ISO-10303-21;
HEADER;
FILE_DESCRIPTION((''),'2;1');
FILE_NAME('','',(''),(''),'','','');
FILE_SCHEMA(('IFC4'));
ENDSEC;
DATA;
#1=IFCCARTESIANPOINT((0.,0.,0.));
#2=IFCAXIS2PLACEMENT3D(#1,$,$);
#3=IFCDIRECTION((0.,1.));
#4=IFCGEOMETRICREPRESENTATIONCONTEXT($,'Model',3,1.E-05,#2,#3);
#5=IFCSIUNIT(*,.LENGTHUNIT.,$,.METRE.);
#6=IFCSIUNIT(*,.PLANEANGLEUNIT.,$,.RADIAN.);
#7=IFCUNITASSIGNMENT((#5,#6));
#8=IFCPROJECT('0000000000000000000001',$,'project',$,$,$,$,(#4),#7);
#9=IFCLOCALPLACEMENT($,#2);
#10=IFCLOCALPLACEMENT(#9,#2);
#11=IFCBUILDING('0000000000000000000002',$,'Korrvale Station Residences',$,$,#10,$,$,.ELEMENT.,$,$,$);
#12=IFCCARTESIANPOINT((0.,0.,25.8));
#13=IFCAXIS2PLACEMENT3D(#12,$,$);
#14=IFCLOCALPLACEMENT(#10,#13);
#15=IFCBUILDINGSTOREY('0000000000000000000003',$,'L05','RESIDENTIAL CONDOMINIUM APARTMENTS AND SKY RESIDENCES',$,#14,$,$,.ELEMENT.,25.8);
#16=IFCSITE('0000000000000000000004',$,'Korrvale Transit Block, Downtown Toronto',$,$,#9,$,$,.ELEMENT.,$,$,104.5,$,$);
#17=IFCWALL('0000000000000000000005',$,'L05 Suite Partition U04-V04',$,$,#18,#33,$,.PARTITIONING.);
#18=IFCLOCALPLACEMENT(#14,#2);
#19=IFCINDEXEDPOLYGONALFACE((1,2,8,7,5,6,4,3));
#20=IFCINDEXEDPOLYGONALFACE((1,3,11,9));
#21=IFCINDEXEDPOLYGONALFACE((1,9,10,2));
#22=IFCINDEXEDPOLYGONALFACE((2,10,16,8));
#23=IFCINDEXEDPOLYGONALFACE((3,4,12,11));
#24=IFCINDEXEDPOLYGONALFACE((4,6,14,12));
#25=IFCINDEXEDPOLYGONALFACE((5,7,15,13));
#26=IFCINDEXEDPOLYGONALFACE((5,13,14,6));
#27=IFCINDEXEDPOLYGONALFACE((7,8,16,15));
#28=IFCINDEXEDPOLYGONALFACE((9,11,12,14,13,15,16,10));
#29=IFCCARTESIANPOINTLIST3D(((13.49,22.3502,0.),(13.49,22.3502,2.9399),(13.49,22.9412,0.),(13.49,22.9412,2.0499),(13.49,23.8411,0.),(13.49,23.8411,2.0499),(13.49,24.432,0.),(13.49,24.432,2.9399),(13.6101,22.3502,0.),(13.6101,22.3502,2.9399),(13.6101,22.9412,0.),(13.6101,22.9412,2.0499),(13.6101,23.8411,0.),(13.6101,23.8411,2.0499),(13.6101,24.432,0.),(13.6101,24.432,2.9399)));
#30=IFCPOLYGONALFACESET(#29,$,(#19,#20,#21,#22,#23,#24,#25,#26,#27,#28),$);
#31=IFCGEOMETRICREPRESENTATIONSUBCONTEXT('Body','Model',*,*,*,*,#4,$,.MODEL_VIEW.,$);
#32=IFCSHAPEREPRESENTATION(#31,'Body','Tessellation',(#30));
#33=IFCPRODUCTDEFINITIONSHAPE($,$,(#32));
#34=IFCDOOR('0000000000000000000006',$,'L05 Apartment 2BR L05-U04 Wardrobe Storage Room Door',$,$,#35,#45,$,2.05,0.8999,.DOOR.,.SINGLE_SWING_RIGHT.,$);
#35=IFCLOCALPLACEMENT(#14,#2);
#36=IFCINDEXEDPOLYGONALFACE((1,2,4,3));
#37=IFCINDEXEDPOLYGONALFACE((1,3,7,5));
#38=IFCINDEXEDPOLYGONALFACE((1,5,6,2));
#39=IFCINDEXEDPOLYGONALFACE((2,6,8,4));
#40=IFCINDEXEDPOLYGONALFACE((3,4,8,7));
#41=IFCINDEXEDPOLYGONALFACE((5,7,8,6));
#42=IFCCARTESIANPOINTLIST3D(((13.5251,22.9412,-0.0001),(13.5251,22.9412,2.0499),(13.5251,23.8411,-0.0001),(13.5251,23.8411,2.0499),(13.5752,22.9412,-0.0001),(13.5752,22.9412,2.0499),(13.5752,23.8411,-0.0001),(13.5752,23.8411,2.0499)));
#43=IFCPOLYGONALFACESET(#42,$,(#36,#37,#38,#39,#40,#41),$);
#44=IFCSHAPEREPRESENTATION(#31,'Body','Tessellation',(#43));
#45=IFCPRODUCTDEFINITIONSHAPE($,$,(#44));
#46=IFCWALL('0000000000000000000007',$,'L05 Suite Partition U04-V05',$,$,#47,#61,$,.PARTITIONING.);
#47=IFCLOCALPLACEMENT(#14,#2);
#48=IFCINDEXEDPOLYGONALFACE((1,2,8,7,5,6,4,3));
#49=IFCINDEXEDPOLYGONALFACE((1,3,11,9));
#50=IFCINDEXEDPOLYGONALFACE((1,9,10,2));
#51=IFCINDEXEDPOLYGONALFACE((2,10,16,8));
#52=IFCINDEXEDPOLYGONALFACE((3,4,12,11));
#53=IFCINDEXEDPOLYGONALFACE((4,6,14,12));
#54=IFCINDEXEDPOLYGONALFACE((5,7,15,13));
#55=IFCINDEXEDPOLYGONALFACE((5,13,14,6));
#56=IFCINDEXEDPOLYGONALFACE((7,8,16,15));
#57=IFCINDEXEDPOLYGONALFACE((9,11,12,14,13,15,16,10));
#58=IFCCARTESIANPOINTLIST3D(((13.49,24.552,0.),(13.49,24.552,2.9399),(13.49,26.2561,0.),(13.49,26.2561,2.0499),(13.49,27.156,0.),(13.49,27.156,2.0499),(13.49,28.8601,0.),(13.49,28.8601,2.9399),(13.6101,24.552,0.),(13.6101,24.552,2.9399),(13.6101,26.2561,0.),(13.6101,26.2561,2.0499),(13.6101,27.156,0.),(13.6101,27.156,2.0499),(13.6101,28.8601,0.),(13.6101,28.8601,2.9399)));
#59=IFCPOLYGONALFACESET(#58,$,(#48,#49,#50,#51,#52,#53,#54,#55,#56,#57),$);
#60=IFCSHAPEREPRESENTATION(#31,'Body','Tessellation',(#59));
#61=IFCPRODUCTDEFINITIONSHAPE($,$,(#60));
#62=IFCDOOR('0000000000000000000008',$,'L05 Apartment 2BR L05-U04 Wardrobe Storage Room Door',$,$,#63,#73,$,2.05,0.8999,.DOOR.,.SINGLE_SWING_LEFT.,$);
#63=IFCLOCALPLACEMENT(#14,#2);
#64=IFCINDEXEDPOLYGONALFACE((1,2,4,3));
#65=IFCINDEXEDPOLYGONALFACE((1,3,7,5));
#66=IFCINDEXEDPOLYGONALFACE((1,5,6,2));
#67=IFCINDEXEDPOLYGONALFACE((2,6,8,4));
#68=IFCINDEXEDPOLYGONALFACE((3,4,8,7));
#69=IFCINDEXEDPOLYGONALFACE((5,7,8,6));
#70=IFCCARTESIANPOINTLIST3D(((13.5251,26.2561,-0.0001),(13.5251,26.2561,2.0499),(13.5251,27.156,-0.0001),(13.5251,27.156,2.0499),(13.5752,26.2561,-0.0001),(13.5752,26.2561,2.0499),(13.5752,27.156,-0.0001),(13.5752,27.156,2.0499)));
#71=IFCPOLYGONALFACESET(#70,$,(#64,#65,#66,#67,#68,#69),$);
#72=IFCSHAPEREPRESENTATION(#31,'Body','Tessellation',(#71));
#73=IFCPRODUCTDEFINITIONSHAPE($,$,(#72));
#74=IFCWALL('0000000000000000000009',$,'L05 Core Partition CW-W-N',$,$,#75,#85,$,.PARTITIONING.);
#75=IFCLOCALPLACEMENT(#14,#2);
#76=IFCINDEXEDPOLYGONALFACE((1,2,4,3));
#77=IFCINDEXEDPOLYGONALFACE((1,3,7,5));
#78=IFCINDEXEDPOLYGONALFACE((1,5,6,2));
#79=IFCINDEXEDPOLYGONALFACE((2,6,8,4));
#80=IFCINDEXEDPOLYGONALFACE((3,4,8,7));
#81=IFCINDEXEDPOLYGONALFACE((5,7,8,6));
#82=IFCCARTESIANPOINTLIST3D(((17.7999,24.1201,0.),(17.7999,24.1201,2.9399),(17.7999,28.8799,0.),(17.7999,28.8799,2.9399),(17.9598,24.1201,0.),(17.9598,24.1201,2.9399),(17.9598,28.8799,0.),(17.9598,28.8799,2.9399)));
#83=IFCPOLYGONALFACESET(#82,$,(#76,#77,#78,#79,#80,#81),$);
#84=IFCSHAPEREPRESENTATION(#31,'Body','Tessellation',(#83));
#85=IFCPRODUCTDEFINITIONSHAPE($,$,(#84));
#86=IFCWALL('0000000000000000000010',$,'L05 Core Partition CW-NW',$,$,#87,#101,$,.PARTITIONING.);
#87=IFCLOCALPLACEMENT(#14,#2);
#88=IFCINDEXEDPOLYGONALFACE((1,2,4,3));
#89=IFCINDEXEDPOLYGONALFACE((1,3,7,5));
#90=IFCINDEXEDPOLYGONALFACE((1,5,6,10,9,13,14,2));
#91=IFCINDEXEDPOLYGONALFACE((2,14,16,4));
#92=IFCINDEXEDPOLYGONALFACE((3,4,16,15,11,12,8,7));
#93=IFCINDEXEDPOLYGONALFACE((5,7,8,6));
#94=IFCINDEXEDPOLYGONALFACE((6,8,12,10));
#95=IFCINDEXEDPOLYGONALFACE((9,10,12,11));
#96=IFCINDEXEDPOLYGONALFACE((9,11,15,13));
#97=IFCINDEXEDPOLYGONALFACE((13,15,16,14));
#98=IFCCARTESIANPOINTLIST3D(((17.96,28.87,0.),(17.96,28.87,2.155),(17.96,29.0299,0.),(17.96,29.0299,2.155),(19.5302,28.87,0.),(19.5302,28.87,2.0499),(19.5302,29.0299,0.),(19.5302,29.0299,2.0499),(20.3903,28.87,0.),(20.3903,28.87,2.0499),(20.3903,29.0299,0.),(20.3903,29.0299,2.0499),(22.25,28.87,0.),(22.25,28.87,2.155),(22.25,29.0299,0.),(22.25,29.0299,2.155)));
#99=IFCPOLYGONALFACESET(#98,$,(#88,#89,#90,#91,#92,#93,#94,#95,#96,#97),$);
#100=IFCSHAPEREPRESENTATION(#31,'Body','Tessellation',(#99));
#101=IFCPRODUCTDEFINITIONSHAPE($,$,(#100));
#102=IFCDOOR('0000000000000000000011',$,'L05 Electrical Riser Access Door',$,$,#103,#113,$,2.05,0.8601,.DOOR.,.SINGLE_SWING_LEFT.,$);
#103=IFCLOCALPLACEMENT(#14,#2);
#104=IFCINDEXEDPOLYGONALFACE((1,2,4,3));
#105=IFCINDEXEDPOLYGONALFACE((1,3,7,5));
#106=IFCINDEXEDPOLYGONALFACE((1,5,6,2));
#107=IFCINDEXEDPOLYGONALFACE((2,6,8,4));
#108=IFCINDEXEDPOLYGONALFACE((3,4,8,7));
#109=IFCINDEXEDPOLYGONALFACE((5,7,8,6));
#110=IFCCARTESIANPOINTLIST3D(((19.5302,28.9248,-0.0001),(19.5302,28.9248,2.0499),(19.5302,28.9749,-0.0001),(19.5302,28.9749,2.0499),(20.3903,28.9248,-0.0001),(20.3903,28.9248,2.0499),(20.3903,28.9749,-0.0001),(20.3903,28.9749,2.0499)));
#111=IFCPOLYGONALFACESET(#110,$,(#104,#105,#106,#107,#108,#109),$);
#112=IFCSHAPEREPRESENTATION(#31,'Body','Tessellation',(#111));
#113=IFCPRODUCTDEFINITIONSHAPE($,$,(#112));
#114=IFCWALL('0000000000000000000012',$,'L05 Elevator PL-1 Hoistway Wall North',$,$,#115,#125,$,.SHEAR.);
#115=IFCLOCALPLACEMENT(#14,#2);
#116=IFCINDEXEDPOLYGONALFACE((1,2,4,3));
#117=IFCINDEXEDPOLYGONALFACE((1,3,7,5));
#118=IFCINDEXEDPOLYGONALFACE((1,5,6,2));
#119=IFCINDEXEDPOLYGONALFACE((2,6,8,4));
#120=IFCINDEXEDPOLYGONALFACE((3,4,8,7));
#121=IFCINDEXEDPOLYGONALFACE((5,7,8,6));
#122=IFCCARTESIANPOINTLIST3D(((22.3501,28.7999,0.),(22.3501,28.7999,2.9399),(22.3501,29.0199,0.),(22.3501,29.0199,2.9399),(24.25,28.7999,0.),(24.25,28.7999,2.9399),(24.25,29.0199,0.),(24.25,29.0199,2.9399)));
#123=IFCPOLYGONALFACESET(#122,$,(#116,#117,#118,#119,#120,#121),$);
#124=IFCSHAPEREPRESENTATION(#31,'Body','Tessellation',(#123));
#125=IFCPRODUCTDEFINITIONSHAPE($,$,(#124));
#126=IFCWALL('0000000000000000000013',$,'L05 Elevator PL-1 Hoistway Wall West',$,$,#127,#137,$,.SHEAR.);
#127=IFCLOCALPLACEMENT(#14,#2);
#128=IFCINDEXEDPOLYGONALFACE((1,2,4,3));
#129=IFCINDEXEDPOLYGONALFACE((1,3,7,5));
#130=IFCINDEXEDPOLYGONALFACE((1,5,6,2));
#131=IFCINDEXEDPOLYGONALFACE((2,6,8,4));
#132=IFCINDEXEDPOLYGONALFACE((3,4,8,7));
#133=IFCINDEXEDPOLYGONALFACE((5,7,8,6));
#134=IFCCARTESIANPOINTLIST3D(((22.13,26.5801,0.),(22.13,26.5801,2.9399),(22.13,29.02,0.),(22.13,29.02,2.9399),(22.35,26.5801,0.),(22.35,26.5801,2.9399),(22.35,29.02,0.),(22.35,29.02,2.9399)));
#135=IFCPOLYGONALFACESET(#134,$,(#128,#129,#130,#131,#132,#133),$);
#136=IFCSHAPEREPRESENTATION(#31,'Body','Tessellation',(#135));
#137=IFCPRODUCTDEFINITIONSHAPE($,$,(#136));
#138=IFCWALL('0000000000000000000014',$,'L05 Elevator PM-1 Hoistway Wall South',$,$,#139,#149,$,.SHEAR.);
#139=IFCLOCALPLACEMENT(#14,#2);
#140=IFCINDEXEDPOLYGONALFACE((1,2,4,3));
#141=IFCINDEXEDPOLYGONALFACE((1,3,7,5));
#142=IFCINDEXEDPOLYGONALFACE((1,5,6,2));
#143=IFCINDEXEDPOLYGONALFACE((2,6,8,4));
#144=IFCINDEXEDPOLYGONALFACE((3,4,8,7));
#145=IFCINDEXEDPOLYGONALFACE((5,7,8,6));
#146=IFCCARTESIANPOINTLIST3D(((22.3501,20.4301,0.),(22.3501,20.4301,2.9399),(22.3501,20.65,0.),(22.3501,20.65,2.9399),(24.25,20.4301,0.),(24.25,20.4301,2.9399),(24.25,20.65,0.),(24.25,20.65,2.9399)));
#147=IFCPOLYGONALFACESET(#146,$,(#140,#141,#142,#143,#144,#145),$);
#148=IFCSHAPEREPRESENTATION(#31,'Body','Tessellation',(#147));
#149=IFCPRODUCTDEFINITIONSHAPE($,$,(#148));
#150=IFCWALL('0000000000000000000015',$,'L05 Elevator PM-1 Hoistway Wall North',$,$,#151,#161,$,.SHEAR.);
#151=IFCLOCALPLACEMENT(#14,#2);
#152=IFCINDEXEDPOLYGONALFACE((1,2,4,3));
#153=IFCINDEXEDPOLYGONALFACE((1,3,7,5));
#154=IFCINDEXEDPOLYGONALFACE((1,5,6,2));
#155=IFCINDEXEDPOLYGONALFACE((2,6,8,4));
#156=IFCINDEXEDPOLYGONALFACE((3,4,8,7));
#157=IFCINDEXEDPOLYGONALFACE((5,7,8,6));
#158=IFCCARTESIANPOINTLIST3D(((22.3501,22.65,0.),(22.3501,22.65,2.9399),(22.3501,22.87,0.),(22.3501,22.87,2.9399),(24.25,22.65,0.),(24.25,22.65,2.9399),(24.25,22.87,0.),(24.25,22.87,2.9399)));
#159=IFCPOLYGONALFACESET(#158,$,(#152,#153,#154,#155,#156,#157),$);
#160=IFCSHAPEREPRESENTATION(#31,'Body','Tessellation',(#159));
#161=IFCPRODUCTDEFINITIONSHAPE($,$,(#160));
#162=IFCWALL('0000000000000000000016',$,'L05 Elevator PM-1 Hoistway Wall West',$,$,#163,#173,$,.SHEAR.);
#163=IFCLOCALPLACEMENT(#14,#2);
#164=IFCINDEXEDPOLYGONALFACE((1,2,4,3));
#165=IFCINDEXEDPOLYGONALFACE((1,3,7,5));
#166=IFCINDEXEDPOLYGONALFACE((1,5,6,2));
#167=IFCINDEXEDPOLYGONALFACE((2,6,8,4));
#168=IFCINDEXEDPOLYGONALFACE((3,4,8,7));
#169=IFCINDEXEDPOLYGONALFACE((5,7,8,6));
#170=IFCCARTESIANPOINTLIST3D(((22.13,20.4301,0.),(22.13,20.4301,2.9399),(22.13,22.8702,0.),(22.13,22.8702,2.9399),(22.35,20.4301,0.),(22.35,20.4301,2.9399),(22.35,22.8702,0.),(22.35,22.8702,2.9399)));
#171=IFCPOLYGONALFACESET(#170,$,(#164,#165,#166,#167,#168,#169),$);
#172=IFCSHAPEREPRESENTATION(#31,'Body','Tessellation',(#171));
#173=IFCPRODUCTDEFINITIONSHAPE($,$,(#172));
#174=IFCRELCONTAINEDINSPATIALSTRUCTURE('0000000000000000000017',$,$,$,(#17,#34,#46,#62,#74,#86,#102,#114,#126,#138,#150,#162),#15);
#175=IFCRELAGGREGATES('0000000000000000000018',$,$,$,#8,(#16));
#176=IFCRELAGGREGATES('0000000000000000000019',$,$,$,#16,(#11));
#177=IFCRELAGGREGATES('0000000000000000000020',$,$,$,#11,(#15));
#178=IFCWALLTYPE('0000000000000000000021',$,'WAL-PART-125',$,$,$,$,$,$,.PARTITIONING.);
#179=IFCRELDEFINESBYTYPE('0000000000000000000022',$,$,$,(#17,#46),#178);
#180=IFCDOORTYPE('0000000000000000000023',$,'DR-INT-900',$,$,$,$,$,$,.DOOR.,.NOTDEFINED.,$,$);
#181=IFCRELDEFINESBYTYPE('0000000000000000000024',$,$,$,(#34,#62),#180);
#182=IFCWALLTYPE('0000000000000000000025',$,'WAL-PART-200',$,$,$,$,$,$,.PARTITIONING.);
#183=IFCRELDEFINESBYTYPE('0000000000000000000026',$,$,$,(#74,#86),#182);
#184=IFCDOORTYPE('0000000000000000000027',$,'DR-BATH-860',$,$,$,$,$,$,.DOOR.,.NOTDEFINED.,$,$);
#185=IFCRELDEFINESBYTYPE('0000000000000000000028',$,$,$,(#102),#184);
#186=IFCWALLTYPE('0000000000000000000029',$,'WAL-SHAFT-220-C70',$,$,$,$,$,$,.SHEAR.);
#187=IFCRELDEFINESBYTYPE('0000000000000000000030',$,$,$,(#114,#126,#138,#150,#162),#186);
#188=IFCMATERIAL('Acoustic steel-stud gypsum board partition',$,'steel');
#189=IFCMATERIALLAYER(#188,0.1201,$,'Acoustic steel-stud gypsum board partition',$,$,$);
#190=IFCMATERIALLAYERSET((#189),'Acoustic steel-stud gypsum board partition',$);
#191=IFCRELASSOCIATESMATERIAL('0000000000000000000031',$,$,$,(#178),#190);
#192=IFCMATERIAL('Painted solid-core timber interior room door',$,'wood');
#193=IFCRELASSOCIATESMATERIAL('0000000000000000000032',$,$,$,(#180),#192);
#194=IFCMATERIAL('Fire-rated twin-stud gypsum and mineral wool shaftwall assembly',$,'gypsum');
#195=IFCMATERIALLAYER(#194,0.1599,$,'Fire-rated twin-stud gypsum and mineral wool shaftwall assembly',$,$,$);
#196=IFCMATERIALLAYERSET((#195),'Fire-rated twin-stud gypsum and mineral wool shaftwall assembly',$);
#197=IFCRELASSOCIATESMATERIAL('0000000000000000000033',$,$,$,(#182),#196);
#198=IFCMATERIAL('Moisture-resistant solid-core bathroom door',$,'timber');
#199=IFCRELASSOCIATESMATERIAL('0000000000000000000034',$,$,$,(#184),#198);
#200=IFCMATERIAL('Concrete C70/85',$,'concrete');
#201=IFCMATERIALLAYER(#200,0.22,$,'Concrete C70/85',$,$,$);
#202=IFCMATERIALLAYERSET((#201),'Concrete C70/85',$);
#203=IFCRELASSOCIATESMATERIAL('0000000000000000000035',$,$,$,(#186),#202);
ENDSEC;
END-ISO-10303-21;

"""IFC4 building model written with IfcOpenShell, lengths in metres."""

from ifc_helpers import new_model, si_unit, direction, frame, frame_2d, origin, place, context, subcontext, project, spatial, rectangle, extrude, material, layer, layer_set, type_object, element, fill, save


model = new_model("IFC4")

# Units and contexts
model_context = context("Model", 3, precision=1e-05, world=origin(), true_north=direction((0.0, 1.0)))
body_context = subcontext(model_context, "Body", "Model", "MODEL_VIEW")
ifc_project = project(units=[si_unit("LENGTHUNIT", "METRE"), si_unit("PLANEANGLEUNIT", "RADIAN")], contexts=[model_context])

# Site, building, storey
site_placement = place(None, origin())
site = spatial("IfcSite", under=ifc_project, at=site_placement, Name="Korrvale Transit Block, Downtown Toronto", CompositionType="ELEMENT", RefElevation=104.5)
building_placement = place(site_placement, origin())
building = spatial("IfcBuilding", under=site, at=building_placement, Name="Korrvale Station Residences", CompositionType="ELEMENT")
storey_placement = place(building_placement, frame((0.0, 0.0, 25.8)))
storey = spatial("IfcBuildingStorey", under=building, at=storey_placement, Name="L05", Description="RESIDENTIAL CONDOMINIUM APARTMENTS AND SKY RESIDENCES", CompositionType="ELEMENT", Elevation=25.8)

# Shared definitions
ifc_material_1 = material(Name="Concrete C70/85", Category="concrete")

# Shared definitions
ifc_material_2 = material(Name="Acoustic steel-stud gypsum board partition", Category="steel")
ifc_layer_1 = layer(ifc_material_2, 0.1201, Name="Acoustic steel-stud gypsum board partition")
ifc_layer_set_1 = layer_set([ifc_layer_1], Name="Acoustic steel-stud gypsum board partition")
wall_type_1 = type_object("IfcWallType", Name="WAL-PART-125", PredefinedType="PARTITIONING", material=ifc_layer_set_1)

# Walls, openings, doors
ifc_material_3 = material(Name="Painted solid-core timber interior room door", Category="wood")
door_type_1 = type_object("IfcDoorType", Name="DR-INT-900", OperationType="NOTDEFINED", PredefinedType="DOOR", material=ifc_material_3)
wall_1_placement = place(storey_placement, frame((13.55, 22.3501, 0.0), z_axis=(0.0, 0.0, 1.0), x_axis=(0.0, 1.0, 0.0)))
wall_1 = element("IfcWall", 1, at=wall_1_placement, inside=storey, type_object=wall_type_1, Name="L05 Suite Partition U04-V04", PredefinedType="PARTITIONING", context=body_context, shape_type="SweptSolid", body=[
    extrude(rectangle(XDim=2.0818, YDim=0.1201, at=frame_2d((1.041, 0.0))), origin(), (0.0, 0.0, 1.0), 2.9399),
])
opening_1_placement = place(wall_1_placement, frame((0.5911, 0.0, 0.0)))
opening_1 = element("IfcOpeningElement", 2, at=opening_1_placement, cuts=wall_1, PredefinedType="OPENING", context=body_context, shape_type="SweptSolid", body=[
    extrude(rectangle(XDim=0.8999, YDim=2.05, at=frame_2d((0.45, 1.0249))), frame((0.0, 0.0701, 0.0), z_axis=(0.0, -1.0, 0.0), x_axis=(1.0, 0.0, 0.0)), (0.0, 0.0, 1.0), 0.1401),
])
door_1_placement = place(opening_1_placement, origin())
door_1 = element("IfcDoor", 3, at=door_1_placement, inside=storey, type_object=door_type_1, Name="L05 Apartment 2BR L05-U04 Wardrobe Storage Room Door", OperationType="SINGLE_SWING_RIGHT", OverallHeight=2.05, OverallWidth=0.8999, PredefinedType="DOOR", context=body_context, shape_type="SweptSolid", body=[
    extrude(rectangle(XDim=0.8999, YDim=2.05, at=frame_2d((0.45, 1.0249))), frame((0.0, 0.0249, 0.0), z_axis=(0.0, -1.0, 0.0), x_axis=(1.0, 0.0, 0.0)), (0.0, 0.0, 1.0), 0.05),
])
fill(opening_1, door_1)
wall_2_placement = place(storey_placement, frame((13.55, 24.552, 0.0), z_axis=(0.0, 0.0, 1.0), x_axis=(0.0, 1.0, 0.0)))
wall_2 = element("IfcWall", 4, at=wall_2_placement, inside=storey, type_object=wall_type_1, Name="L05 Suite Partition U04-V05", PredefinedType="PARTITIONING", context=body_context, shape_type="SweptSolid", body=[
    extrude(rectangle(XDim=4.3081, YDim=0.1201, at=frame_2d((2.1541, 0.0))), origin(), (0.0, 0.0, 1.0), 2.9399),
])
opening_2_placement = place(wall_2_placement, frame((1.7041, 0.0, 0.0)))
opening_2 = element("IfcOpeningElement", 5, at=opening_2_placement, cuts=wall_2, PredefinedType="OPENING", context=body_context, shape_type="SweptSolid", body=[
    extrude(rectangle(XDim=0.8999, YDim=2.05, at=frame_2d((0.45, 1.0249))), frame((0.0, 0.0701, 0.0), z_axis=(0.0, -1.0, 0.0), x_axis=(1.0, 0.0, 0.0)), (0.0, 0.0, 1.0), 0.1401),
])
door_2_placement = place(opening_2_placement, origin())
door_2 = element("IfcDoor", 6, at=door_2_placement, inside=storey, type_object=door_type_1, Name="L05 Apartment 2BR L05-U04 Wardrobe Storage Room Door", OperationType="SINGLE_SWING_LEFT", OverallHeight=2.05, OverallWidth=0.8999, PredefinedType="DOOR", context=body_context, shape_type="SweptSolid", body=[
    extrude(rectangle(XDim=0.8999, YDim=2.05, at=frame_2d((0.45, 1.0249))), frame((0.0, 0.0249, 0.0), z_axis=(0.0, -1.0, 0.0), x_axis=(1.0, 0.0, 0.0)), (0.0, 0.0, 1.0), 0.05),
])
fill(opening_2, door_2)

# Wall
ifc_material_4 = material(Name="Fire-rated twin-stud gypsum and mineral wool shaftwall assembly", Category="gypsum")
ifc_layer_2 = layer(ifc_material_4, 0.1599, Name="Fire-rated twin-stud gypsum and mineral wool shaftwall assembly")
ifc_layer_set_2 = layer_set([ifc_layer_2], Name="Fire-rated twin-stud gypsum and mineral wool shaftwall assembly")
wall_type_2 = type_object("IfcWallType", Name="WAL-PART-200", PredefinedType="PARTITIONING", material=ifc_layer_set_2)
wall_3_placement = place(storey_placement, frame((17.8799, 24.1201, 0.0), z_axis=(0.0, 0.0, 1.0), x_axis=(0.0, 1.0, 0.0)))
element("IfcWall", 7, at=wall_3_placement, inside=storey, type_object=wall_type_2, Name="L05 Core Partition CW-W-N", PredefinedType="PARTITIONING", context=body_context, shape_type="SweptSolid", body=[
    extrude(rectangle(XDim=4.7598, YDim=0.1599, at=frame_2d((2.3799, 0.0))), origin(), (0.0, 0.0, 1.0), 2.9399),
])

# Wall, opening, door
wall_4_placement = place(storey_placement, frame((17.96, 28.95, 0.0), z_axis=(0.0, 0.0, 1.0), x_axis=(1.0, 0.0, 0.0)))
wall_4 = element("IfcWall", 8, at=wall_4_placement, inside=storey, type_object=wall_type_2, Name="L05 Core Partition CW-NW", PredefinedType="PARTITIONING", context=body_context, shape_type="SweptSolid", body=[
    extrude(rectangle(XDim=4.29, YDim=0.1599, at=frame_2d((2.145, 0.0))), origin(), (0.0, 0.0, 1.0), 2.155),
])
opening_3_placement = place(wall_4_placement, frame((1.5701, 0.0, 0.0)))
opening_3 = element("IfcOpeningElement", 9, at=opening_3_placement, cuts=wall_4, PredefinedType="OPENING", context=body_context, shape_type="SweptSolid", body=[
    extrude(rectangle(XDim=0.8601, YDim=2.05, at=frame_2d((0.4302, 1.0249))), frame((0.0, 0.0898, 0.0), z_axis=(0.0, -1.0, 0.0), x_axis=(1.0, 0.0, 0.0)), (0.0, 0.0, 1.0), 0.1799),
])
ifc_material_5 = material(Name="Moisture-resistant solid-core bathroom door", Category="timber")
door_type_2 = type_object("IfcDoorType", Name="DR-BATH-860", OperationType="NOTDEFINED", PredefinedType="DOOR", material=ifc_material_5)
door_3_placement = place(opening_3_placement, origin())
door_3 = element("IfcDoor", 10, at=door_3_placement, inside=storey, type_object=door_type_2, Name="L05 Electrical Riser Access Door", OperationType="SINGLE_SWING_LEFT", OverallHeight=2.05, OverallWidth=0.8601, PredefinedType="DOOR", context=body_context, shape_type="SweptSolid", body=[
    extrude(rectangle(XDim=0.8601, YDim=2.05, at=frame_2d((0.4302, 1.0249))), frame((0.0, 0.0249, 0.0), z_axis=(0.0, -1.0, 0.0), x_axis=(1.0, 0.0, 0.0)), (0.0, 0.0, 1.0), 0.05),
])
fill(opening_3, door_3)
ifc_layer_3 = layer(ifc_material_1, 0.22, Name="Concrete C70/85")
ifc_layer_set_3 = layer_set([ifc_layer_3], Name="Concrete C70/85")
wall_type_3 = type_object("IfcWallType", Name="WAL-SHAFT-220-C70", PredefinedType="SHEAR", material=ifc_layer_set_3)

# Walls
wall_5_placement = place(storey_placement, frame((22.3501, 28.9099, 0.0), z_axis=(0.0, 0.0, 1.0), x_axis=(1.0, 0.0, 0.0)))
element("IfcWall", 11, at=wall_5_placement, inside=storey, type_object=wall_type_3, Name="L05 Elevator PL-1 Hoistway Wall North", PredefinedType="SHEAR", context=body_context, shape_type="SweptSolid", body=[
    extrude(rectangle(XDim=1.8999, YDim=0.22, at=frame_2d((0.95, 0.0))), origin(), (0.0, 0.0, 1.0), 2.9399),
])
wall_6_placement = place(storey_placement, frame((22.24, 26.5801, 0.0), z_axis=(0.0, 0.0, 1.0), x_axis=(0.0, 1.0, 0.0)))
element("IfcWall", 12, at=wall_6_placement, inside=storey, type_object=wall_type_3, Name="L05 Elevator PL-1 Hoistway Wall West", PredefinedType="SHEAR", context=body_context, shape_type="SweptSolid", body=[
    extrude(rectangle(XDim=2.4399, YDim=0.22, at=frame_2d((1.22, 0.0))), origin(), (0.0, 0.0, 1.0), 2.9399),
])
for number, where, z_axis, x_axis, name in (
    (13, (22.3501, 20.54, 0.0), (0.0, 0.0, 1.0), (1.0, 0.0, 0.0), "L05 Elevator PM-1 Hoistway Wall South"),
    (14, (22.3501, 22.76, 0.0), (0.0, 0.0, 1.0), (1.0, 0.0, 0.0), "L05 Elevator PM-1 Hoistway Wall North"),
):
    element("IfcWall", number, at=place(storey_placement, frame(where, z_axis=z_axis, x_axis=x_axis)), inside=storey, type_object=wall_type_3, Name=name, PredefinedType="SHEAR", context=body_context, shape_type="SweptSolid", body=[
        extrude(rectangle(XDim=1.8999, YDim=0.22, at=frame_2d((0.95, 0.0))), origin(), (0.0, 0.0, 1.0), 2.9399),
    ])
wall_7_placement = place(storey_placement, frame((22.24, 20.4299, 0.0), z_axis=(0.0, 0.0, 1.0), x_axis=(0.0, 1.0, 0.0)))
element("IfcWall", 15, at=wall_7_placement, inside=storey, type_object=wall_type_3, Name="L05 Elevator PM-1 Hoistway Wall West", PredefinedType="SHEAR", context=body_context, shape_type="SweptSolid", body=[
    extrude(rectangle(XDim=2.4402, YDim=0.22, at=frame_2d((1.2202, 0.0))), origin(), (0.0, 0.0, 1.0), 2.9399),
])

save(model, "model.ifc")
